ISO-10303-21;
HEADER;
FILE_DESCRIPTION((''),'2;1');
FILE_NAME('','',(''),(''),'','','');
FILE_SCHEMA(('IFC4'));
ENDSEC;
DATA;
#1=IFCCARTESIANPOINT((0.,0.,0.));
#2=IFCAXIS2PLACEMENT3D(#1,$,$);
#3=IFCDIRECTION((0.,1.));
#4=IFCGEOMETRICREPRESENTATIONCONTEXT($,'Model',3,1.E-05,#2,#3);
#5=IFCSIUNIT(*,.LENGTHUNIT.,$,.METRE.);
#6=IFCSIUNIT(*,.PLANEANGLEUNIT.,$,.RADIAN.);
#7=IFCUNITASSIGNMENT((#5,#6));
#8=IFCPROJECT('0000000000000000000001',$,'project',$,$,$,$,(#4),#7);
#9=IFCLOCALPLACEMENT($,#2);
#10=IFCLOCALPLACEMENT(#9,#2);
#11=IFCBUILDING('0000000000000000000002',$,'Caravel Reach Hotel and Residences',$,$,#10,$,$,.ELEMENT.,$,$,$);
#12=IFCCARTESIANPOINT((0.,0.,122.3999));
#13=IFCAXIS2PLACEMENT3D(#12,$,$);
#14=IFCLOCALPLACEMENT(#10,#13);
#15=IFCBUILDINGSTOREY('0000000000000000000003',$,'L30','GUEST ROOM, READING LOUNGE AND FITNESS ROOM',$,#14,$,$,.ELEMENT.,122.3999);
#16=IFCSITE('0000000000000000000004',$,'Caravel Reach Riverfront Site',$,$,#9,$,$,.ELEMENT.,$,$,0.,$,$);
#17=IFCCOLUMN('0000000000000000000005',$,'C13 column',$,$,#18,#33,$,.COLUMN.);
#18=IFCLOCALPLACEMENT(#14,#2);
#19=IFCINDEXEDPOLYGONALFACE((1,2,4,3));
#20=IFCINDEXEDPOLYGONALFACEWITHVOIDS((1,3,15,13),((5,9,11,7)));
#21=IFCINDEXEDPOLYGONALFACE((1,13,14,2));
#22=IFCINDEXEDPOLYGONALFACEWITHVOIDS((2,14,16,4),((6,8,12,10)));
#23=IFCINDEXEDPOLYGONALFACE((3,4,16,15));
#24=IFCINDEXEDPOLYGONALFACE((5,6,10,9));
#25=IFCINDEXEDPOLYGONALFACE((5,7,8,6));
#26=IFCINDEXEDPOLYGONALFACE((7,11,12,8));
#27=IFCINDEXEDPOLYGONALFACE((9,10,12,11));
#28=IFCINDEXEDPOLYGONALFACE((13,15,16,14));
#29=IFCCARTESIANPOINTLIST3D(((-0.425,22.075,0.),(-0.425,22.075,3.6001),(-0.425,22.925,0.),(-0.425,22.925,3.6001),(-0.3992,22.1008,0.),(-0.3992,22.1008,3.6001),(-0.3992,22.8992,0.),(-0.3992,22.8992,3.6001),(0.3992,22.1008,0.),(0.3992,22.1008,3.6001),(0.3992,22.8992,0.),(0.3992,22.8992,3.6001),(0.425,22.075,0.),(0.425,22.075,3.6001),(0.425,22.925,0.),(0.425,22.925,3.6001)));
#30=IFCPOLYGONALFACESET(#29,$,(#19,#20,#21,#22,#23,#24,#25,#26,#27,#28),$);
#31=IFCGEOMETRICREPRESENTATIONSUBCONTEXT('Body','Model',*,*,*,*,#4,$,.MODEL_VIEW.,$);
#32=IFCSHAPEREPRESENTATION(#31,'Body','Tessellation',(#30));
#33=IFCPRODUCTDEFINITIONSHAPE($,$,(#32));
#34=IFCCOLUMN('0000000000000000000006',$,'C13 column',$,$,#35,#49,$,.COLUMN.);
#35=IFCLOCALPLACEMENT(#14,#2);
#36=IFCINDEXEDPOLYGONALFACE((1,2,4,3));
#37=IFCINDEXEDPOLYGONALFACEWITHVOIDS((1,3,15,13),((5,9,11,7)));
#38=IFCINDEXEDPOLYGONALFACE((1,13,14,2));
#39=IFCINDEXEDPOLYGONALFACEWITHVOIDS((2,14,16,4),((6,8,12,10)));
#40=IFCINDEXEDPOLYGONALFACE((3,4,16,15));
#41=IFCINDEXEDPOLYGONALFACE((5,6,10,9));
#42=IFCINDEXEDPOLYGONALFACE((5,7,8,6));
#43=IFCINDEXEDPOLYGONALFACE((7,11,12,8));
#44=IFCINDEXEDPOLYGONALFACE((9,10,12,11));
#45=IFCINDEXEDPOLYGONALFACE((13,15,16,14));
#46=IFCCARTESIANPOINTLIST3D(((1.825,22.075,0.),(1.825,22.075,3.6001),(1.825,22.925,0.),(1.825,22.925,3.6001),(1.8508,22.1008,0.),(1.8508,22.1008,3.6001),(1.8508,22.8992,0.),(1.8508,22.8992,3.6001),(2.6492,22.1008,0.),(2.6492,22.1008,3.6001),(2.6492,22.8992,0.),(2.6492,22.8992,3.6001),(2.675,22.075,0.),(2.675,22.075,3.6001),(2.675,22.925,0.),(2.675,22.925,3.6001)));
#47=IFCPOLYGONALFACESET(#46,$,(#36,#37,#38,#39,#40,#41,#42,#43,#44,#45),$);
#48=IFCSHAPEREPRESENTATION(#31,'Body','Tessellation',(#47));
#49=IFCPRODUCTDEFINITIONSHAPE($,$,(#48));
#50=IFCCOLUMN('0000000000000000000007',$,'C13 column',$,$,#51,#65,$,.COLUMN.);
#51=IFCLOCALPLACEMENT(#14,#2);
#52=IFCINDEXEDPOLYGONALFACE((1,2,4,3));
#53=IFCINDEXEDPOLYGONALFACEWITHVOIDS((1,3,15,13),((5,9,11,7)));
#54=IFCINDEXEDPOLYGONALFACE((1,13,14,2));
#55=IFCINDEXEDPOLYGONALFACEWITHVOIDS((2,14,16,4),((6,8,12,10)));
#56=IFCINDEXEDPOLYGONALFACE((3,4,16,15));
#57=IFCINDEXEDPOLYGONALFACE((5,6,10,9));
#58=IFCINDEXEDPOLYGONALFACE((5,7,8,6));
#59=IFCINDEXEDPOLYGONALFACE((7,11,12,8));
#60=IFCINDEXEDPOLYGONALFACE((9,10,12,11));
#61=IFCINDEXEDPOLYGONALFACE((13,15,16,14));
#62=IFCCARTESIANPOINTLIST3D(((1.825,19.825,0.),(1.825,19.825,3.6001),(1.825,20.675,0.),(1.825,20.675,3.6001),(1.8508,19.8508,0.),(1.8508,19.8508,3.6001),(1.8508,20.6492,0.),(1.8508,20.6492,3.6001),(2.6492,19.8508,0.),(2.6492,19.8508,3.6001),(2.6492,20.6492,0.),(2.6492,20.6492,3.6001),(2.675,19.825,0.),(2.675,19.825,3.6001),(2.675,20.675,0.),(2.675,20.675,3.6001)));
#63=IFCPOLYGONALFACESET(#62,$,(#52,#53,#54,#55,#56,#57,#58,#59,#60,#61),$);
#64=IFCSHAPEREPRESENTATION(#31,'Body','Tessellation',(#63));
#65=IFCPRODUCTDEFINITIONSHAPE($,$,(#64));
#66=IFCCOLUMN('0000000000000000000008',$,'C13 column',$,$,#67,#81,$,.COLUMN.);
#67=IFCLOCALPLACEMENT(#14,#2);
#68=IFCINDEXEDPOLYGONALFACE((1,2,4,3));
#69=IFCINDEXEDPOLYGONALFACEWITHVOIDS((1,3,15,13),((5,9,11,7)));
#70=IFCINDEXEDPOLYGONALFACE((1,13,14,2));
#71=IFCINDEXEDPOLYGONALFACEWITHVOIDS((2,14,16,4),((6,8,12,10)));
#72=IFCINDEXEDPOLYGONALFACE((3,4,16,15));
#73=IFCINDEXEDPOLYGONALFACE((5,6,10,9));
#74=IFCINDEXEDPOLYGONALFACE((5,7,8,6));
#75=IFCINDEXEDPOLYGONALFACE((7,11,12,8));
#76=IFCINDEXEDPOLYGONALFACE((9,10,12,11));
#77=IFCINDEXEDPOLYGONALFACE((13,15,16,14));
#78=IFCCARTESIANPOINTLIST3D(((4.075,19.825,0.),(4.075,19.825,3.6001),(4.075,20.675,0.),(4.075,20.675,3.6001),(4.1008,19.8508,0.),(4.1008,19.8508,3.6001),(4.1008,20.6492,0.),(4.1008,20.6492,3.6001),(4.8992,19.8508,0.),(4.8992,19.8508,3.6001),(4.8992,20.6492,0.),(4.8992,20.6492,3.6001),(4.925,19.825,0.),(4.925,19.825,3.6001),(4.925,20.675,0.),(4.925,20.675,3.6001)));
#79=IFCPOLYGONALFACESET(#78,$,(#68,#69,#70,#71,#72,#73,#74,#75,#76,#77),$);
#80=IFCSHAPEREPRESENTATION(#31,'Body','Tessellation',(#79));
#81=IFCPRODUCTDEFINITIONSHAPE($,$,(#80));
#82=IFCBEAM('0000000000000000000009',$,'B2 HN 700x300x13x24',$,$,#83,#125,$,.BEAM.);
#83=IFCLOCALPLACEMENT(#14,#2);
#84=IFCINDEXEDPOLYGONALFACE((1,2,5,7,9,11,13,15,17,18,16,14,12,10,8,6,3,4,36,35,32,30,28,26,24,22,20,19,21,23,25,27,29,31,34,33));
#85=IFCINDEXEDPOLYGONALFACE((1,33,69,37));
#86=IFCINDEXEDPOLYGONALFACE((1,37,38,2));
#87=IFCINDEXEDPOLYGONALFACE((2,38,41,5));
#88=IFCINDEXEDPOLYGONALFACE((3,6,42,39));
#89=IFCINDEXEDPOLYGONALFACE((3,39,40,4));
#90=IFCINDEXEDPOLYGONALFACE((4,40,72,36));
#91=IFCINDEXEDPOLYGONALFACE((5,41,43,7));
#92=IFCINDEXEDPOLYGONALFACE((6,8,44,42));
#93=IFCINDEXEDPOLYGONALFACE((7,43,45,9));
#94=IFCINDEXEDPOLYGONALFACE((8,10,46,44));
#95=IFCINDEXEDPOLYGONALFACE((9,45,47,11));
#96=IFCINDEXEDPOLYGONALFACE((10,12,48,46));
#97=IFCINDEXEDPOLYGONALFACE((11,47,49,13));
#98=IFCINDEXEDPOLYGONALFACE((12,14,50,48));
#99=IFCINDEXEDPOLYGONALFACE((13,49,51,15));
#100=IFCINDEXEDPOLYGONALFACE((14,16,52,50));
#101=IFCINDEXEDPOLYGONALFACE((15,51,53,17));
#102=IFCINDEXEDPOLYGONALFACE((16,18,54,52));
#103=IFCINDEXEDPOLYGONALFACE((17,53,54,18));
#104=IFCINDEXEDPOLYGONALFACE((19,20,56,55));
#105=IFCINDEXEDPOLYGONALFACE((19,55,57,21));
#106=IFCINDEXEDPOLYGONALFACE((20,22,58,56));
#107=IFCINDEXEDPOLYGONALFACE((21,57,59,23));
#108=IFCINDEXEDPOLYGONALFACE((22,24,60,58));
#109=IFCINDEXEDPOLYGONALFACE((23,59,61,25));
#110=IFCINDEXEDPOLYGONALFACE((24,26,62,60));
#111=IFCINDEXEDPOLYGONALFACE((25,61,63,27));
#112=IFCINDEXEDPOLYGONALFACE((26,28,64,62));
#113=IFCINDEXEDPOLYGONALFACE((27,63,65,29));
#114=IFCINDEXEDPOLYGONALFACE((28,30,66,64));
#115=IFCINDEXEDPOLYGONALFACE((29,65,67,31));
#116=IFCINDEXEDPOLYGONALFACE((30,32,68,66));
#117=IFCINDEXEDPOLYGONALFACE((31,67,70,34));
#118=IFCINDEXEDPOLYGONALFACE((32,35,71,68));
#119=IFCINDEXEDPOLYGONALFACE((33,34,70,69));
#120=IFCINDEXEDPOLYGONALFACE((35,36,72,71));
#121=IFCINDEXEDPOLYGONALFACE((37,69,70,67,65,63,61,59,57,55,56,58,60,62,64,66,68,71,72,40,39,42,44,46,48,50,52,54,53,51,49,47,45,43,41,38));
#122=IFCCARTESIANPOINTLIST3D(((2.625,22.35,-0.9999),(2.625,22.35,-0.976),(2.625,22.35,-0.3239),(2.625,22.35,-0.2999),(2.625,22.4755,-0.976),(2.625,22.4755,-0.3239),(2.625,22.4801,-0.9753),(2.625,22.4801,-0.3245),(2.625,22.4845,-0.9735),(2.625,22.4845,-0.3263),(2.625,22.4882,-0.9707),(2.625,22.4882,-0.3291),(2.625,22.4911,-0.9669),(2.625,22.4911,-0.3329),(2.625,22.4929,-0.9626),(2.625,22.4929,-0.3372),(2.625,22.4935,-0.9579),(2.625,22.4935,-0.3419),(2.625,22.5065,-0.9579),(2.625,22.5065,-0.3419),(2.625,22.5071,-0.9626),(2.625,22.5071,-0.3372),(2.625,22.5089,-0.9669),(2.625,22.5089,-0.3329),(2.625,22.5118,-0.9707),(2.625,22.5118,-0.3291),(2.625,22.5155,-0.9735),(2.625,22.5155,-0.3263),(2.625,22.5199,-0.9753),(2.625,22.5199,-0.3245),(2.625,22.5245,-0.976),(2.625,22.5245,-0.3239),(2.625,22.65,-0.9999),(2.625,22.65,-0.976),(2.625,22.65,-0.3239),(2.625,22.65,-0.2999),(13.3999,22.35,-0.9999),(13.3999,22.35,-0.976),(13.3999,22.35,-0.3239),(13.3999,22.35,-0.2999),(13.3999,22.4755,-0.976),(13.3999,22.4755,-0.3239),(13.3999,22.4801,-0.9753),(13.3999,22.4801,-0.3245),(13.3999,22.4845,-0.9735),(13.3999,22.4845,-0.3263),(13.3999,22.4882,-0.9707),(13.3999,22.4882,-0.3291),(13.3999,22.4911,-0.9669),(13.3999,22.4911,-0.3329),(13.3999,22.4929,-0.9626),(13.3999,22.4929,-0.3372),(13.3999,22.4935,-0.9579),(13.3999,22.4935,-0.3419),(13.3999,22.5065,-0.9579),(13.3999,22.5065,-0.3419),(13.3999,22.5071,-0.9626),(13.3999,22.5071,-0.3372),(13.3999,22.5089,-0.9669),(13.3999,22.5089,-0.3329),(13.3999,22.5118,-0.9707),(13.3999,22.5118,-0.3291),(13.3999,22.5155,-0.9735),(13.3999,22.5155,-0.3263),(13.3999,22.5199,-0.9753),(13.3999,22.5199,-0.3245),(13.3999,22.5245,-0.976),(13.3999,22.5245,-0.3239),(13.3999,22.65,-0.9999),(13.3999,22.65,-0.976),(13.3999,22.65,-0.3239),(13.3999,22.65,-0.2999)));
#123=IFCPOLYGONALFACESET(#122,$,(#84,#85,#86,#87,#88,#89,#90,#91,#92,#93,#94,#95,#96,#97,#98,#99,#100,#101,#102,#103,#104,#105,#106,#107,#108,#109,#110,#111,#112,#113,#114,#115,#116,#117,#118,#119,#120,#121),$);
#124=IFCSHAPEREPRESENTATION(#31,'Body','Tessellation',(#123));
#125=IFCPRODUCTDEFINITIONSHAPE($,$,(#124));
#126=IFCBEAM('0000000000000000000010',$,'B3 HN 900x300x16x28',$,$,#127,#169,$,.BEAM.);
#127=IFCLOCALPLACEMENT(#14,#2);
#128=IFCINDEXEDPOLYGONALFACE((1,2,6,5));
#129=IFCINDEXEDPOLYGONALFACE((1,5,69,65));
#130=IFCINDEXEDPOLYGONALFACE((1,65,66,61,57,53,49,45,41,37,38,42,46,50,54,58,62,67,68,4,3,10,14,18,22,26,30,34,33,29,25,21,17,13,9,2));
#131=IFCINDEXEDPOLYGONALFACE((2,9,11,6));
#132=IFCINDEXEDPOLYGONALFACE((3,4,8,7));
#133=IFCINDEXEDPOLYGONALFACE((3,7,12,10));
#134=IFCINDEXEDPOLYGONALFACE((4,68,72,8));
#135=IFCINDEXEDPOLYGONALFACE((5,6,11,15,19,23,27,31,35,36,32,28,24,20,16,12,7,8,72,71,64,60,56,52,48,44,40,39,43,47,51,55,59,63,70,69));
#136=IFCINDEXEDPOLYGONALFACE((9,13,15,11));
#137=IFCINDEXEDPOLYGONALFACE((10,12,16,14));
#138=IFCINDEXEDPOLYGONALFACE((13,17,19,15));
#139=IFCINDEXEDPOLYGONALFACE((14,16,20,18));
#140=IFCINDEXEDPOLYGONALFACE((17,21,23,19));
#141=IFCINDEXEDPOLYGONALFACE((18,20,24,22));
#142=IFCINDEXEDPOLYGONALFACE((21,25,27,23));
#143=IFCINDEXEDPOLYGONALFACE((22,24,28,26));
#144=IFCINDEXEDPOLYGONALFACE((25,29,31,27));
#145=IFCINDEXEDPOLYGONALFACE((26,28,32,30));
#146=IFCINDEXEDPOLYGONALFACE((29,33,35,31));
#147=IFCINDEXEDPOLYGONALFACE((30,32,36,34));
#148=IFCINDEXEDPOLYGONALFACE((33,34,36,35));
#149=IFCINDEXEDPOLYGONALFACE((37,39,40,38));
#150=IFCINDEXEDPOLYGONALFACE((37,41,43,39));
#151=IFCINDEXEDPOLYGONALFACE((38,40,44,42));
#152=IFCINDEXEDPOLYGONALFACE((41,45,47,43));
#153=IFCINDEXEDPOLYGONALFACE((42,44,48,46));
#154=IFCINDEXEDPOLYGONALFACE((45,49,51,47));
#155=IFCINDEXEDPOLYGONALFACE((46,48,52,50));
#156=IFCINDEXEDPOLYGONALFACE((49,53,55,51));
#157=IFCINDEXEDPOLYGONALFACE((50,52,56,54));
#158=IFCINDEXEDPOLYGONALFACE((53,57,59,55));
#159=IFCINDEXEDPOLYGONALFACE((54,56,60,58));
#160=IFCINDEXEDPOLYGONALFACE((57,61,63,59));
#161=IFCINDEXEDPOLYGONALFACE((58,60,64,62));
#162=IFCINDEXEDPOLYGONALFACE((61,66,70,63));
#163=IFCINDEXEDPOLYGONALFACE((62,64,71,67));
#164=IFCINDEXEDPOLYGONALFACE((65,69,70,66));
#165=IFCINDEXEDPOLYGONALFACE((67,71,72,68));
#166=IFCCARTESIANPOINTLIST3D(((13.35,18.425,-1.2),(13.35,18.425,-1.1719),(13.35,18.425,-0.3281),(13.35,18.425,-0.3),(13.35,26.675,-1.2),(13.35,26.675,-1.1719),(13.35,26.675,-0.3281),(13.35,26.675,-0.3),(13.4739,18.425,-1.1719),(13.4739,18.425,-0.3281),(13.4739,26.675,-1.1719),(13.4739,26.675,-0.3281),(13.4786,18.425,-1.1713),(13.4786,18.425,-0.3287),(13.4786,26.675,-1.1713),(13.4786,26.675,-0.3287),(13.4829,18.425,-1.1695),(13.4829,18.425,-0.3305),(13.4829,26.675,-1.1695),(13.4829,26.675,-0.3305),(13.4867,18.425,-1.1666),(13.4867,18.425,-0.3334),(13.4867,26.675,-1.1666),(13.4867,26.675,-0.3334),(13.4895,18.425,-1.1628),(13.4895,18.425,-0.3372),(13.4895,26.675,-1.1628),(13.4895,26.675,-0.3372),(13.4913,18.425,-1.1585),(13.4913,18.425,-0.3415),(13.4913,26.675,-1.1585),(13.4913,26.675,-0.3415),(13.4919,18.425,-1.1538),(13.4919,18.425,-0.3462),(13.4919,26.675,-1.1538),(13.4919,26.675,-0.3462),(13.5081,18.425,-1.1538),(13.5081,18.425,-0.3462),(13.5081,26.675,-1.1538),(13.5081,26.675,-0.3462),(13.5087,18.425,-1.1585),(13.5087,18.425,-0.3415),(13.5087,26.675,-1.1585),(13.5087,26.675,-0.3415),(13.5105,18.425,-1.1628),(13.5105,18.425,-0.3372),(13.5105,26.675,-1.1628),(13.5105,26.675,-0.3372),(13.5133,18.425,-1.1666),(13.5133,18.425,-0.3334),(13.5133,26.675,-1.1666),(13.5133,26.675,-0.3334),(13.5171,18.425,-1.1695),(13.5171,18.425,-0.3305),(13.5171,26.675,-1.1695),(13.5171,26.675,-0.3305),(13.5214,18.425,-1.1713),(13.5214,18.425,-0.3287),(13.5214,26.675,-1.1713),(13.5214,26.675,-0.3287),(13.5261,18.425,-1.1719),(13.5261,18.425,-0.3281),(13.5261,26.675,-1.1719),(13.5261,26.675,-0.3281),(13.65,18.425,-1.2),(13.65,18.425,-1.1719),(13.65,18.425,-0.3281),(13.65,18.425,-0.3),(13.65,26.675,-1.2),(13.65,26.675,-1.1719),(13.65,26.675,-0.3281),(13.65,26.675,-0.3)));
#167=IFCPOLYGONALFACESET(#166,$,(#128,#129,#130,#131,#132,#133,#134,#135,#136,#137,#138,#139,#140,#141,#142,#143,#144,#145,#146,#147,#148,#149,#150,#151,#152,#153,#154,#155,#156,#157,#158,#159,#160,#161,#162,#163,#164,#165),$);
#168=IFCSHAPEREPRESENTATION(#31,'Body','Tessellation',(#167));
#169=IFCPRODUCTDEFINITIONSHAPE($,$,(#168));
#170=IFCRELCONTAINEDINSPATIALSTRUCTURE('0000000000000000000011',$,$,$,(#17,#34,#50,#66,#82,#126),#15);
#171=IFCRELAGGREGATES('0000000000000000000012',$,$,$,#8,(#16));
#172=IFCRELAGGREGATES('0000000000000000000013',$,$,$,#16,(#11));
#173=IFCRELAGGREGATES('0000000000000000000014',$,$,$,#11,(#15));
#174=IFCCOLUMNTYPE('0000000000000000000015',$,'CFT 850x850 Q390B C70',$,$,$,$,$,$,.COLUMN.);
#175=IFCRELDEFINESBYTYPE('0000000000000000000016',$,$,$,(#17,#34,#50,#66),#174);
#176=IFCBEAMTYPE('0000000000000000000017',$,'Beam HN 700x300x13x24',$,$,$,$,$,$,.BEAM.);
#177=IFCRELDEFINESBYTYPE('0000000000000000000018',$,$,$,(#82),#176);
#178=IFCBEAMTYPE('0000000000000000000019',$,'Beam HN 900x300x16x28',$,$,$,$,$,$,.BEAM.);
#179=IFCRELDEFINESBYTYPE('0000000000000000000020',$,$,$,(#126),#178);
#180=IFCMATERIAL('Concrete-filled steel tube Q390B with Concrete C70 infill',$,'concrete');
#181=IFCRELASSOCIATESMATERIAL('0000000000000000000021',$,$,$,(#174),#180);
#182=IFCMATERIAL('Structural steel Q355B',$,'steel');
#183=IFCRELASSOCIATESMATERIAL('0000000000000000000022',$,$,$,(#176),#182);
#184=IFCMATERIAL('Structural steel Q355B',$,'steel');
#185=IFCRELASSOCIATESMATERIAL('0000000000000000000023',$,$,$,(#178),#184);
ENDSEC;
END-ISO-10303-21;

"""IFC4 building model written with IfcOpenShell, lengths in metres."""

from ifc_helpers import new_model, si_unit, direction, frame, origin, origin_2d, place, context, subcontext, project, spatial, hollow_rectangle, i_section, extrude, material, material_profile, profile_set, type_object, element, save


model = new_model("IFC4")

# Units and contexts
model_context = context("Model", 3, precision=1e-05, world=origin(), true_north=direction((0.0, 1.0)))
body_context = subcontext(model_context, "Body", "Model", "MODEL_VIEW")
ifc_project = project(units=[si_unit("LENGTHUNIT", "METRE"), si_unit("PLANEANGLEUNIT", "RADIAN")], contexts=[model_context])

# Site, building, storey
site_placement = place(None, origin())
site = spatial("IfcSite", under=ifc_project, at=site_placement, Name="Caravel Reach Riverfront Site", CompositionType="ELEMENT", RefElevation=0.0)
building_placement = place(site_placement, origin())
building = spatial("IfcBuilding", under=site, at=building_placement, Name="Caravel Reach Hotel and Residences", CompositionType="ELEMENT")
storey_placement = place(building_placement, frame((0.0, 0.0, 122.3999)))
storey = spatial("IfcBuildingStorey", under=building, at=storey_placement, Name="L30", Description="GUEST ROOM, READING LOUNGE AND FITNESS ROOM", CompositionType="ELEMENT", Elevation=122.3999)

# Columns
ifc_material_1 = material(Name="Concrete-filled steel tube Q390B with Concrete C70 infill", Category="concrete")
ifc_material_profile_1 = material_profile(ifc_material_1, hollow_rectangle(XDim=0.8501, YDim=0.8501, WallThickness=0.0259, at=origin_2d()), Name="RHS 850x850x26")
ifc_profile_set_1 = profile_set([ifc_material_profile_1], Name="Concrete-filled steel tube Q390B with Concrete C70 infill")
column_type = type_object("IfcColumnType", Name="CFT 850x850 Q390B C70", PredefinedType="COLUMN", material=ifc_profile_set_1)
for number, where, z_axis, x_axis, name in (
    (1, (0.0, 22.5, 0.0), (0.0, 0.0, 1.0), (1.0, 0.0, 0.0), "C13 column"),
    (2, (2.25, 22.5, 0.0), (0.0, 0.0, 1.0), (1.0, 0.0, 0.0), "C13 column"),
    (3, (2.25, 20.25, 0.0), (0.0, 0.0, 1.0), (1.0, 0.0, 0.0), "C13 column"),
    (4, (4.5, 20.25, 0.0), (0.0, 0.0, 1.0), (1.0, 0.0, 0.0), "C13 column"),
):
    element("IfcColumn", number, at=place(storey_placement, frame(where, z_axis=z_axis, x_axis=x_axis)), inside=storey, type_object=column_type, Name=name, PredefinedType="COLUMN", context=body_context, shape_type="SweptSolid", body=[
        extrude(hollow_rectangle(XDim=0.8501, YDim=0.8501, WallThickness=0.0259, at=origin_2d()), origin(), (0.0, 0.0, 1.0), 3.6001),
    ])

# Beams
ifc_material_2 = material(Name="Structural steel Q355B", Category="steel")
ifc_material_profile_2 = material_profile(ifc_material_2, i_section(OverallWidth=0.3, OverallDepth=0.7, WebThickness=0.0129, FlangeThickness=0.0239, FilletRadius=0.0181, at=origin_2d()), Name="HN 700x300x13x24")
ifc_profile_set_2 = profile_set([ifc_material_profile_2], Name="Structural steel Q355B")
beam_type_1 = type_object("IfcBeamType", Name="Beam HN 700x300x13x24", PredefinedType="BEAM", material=ifc_profile_set_2)
beam_1_placement = place(storey_placement, frame((13.3999, 22.5, -0.6499), z_axis=(-1.0, 0.0, 0.0), x_axis=(0.0, -1.0, 0.0)))
element("IfcBeam", 5, at=beam_1_placement, inside=storey, type_object=beam_type_1, Name="B2 HN 700x300x13x24", PredefinedType="BEAM", context=body_context, shape_type="SweptSolid", body=[
    extrude(i_section(OverallWidth=0.3, OverallDepth=0.7, WebThickness=0.0129, FlangeThickness=0.0239, FilletRadius=0.0181, at=origin_2d()), origin(), (0.0, 0.0, 1.0), 10.7749),
])
ifc_material_3 = material(Name="Structural steel Q355B", Category="steel")
ifc_material_profile_3 = material_profile(ifc_material_3, i_section(OverallWidth=0.3, OverallDepth=0.8999, WebThickness=0.0161, FlangeThickness=0.0281, FilletRadius=0.0181, at=origin_2d()), Name="HN 900x300x16x28")
ifc_profile_set_3 = profile_set([ifc_material_profile_3], Name="Structural steel Q355B")
beam_type_2 = type_object("IfcBeamType", Name="Beam HN 900x300x16x28", PredefinedType="BEAM", material=ifc_profile_set_3)
beam_2_placement = place(storey_placement, frame((13.5, 18.425, -0.75), z_axis=(0.0, 1.0, 0.0), x_axis=(-1.0, 0.0, 0.0)))
element("IfcBeam", 6, at=beam_2_placement, inside=storey, type_object=beam_type_2, Name="B3 HN 900x300x16x28", PredefinedType="BEAM", context=body_context, shape_type="SweptSolid", body=[
    extrude(i_section(OverallWidth=0.3, OverallDepth=0.8999, WebThickness=0.0161, FlangeThickness=0.0281, FilletRadius=0.0181, at=origin_2d()), origin(), (0.0, 0.0, 1.0), 8.25),
])

save(model, "model.ifc")
